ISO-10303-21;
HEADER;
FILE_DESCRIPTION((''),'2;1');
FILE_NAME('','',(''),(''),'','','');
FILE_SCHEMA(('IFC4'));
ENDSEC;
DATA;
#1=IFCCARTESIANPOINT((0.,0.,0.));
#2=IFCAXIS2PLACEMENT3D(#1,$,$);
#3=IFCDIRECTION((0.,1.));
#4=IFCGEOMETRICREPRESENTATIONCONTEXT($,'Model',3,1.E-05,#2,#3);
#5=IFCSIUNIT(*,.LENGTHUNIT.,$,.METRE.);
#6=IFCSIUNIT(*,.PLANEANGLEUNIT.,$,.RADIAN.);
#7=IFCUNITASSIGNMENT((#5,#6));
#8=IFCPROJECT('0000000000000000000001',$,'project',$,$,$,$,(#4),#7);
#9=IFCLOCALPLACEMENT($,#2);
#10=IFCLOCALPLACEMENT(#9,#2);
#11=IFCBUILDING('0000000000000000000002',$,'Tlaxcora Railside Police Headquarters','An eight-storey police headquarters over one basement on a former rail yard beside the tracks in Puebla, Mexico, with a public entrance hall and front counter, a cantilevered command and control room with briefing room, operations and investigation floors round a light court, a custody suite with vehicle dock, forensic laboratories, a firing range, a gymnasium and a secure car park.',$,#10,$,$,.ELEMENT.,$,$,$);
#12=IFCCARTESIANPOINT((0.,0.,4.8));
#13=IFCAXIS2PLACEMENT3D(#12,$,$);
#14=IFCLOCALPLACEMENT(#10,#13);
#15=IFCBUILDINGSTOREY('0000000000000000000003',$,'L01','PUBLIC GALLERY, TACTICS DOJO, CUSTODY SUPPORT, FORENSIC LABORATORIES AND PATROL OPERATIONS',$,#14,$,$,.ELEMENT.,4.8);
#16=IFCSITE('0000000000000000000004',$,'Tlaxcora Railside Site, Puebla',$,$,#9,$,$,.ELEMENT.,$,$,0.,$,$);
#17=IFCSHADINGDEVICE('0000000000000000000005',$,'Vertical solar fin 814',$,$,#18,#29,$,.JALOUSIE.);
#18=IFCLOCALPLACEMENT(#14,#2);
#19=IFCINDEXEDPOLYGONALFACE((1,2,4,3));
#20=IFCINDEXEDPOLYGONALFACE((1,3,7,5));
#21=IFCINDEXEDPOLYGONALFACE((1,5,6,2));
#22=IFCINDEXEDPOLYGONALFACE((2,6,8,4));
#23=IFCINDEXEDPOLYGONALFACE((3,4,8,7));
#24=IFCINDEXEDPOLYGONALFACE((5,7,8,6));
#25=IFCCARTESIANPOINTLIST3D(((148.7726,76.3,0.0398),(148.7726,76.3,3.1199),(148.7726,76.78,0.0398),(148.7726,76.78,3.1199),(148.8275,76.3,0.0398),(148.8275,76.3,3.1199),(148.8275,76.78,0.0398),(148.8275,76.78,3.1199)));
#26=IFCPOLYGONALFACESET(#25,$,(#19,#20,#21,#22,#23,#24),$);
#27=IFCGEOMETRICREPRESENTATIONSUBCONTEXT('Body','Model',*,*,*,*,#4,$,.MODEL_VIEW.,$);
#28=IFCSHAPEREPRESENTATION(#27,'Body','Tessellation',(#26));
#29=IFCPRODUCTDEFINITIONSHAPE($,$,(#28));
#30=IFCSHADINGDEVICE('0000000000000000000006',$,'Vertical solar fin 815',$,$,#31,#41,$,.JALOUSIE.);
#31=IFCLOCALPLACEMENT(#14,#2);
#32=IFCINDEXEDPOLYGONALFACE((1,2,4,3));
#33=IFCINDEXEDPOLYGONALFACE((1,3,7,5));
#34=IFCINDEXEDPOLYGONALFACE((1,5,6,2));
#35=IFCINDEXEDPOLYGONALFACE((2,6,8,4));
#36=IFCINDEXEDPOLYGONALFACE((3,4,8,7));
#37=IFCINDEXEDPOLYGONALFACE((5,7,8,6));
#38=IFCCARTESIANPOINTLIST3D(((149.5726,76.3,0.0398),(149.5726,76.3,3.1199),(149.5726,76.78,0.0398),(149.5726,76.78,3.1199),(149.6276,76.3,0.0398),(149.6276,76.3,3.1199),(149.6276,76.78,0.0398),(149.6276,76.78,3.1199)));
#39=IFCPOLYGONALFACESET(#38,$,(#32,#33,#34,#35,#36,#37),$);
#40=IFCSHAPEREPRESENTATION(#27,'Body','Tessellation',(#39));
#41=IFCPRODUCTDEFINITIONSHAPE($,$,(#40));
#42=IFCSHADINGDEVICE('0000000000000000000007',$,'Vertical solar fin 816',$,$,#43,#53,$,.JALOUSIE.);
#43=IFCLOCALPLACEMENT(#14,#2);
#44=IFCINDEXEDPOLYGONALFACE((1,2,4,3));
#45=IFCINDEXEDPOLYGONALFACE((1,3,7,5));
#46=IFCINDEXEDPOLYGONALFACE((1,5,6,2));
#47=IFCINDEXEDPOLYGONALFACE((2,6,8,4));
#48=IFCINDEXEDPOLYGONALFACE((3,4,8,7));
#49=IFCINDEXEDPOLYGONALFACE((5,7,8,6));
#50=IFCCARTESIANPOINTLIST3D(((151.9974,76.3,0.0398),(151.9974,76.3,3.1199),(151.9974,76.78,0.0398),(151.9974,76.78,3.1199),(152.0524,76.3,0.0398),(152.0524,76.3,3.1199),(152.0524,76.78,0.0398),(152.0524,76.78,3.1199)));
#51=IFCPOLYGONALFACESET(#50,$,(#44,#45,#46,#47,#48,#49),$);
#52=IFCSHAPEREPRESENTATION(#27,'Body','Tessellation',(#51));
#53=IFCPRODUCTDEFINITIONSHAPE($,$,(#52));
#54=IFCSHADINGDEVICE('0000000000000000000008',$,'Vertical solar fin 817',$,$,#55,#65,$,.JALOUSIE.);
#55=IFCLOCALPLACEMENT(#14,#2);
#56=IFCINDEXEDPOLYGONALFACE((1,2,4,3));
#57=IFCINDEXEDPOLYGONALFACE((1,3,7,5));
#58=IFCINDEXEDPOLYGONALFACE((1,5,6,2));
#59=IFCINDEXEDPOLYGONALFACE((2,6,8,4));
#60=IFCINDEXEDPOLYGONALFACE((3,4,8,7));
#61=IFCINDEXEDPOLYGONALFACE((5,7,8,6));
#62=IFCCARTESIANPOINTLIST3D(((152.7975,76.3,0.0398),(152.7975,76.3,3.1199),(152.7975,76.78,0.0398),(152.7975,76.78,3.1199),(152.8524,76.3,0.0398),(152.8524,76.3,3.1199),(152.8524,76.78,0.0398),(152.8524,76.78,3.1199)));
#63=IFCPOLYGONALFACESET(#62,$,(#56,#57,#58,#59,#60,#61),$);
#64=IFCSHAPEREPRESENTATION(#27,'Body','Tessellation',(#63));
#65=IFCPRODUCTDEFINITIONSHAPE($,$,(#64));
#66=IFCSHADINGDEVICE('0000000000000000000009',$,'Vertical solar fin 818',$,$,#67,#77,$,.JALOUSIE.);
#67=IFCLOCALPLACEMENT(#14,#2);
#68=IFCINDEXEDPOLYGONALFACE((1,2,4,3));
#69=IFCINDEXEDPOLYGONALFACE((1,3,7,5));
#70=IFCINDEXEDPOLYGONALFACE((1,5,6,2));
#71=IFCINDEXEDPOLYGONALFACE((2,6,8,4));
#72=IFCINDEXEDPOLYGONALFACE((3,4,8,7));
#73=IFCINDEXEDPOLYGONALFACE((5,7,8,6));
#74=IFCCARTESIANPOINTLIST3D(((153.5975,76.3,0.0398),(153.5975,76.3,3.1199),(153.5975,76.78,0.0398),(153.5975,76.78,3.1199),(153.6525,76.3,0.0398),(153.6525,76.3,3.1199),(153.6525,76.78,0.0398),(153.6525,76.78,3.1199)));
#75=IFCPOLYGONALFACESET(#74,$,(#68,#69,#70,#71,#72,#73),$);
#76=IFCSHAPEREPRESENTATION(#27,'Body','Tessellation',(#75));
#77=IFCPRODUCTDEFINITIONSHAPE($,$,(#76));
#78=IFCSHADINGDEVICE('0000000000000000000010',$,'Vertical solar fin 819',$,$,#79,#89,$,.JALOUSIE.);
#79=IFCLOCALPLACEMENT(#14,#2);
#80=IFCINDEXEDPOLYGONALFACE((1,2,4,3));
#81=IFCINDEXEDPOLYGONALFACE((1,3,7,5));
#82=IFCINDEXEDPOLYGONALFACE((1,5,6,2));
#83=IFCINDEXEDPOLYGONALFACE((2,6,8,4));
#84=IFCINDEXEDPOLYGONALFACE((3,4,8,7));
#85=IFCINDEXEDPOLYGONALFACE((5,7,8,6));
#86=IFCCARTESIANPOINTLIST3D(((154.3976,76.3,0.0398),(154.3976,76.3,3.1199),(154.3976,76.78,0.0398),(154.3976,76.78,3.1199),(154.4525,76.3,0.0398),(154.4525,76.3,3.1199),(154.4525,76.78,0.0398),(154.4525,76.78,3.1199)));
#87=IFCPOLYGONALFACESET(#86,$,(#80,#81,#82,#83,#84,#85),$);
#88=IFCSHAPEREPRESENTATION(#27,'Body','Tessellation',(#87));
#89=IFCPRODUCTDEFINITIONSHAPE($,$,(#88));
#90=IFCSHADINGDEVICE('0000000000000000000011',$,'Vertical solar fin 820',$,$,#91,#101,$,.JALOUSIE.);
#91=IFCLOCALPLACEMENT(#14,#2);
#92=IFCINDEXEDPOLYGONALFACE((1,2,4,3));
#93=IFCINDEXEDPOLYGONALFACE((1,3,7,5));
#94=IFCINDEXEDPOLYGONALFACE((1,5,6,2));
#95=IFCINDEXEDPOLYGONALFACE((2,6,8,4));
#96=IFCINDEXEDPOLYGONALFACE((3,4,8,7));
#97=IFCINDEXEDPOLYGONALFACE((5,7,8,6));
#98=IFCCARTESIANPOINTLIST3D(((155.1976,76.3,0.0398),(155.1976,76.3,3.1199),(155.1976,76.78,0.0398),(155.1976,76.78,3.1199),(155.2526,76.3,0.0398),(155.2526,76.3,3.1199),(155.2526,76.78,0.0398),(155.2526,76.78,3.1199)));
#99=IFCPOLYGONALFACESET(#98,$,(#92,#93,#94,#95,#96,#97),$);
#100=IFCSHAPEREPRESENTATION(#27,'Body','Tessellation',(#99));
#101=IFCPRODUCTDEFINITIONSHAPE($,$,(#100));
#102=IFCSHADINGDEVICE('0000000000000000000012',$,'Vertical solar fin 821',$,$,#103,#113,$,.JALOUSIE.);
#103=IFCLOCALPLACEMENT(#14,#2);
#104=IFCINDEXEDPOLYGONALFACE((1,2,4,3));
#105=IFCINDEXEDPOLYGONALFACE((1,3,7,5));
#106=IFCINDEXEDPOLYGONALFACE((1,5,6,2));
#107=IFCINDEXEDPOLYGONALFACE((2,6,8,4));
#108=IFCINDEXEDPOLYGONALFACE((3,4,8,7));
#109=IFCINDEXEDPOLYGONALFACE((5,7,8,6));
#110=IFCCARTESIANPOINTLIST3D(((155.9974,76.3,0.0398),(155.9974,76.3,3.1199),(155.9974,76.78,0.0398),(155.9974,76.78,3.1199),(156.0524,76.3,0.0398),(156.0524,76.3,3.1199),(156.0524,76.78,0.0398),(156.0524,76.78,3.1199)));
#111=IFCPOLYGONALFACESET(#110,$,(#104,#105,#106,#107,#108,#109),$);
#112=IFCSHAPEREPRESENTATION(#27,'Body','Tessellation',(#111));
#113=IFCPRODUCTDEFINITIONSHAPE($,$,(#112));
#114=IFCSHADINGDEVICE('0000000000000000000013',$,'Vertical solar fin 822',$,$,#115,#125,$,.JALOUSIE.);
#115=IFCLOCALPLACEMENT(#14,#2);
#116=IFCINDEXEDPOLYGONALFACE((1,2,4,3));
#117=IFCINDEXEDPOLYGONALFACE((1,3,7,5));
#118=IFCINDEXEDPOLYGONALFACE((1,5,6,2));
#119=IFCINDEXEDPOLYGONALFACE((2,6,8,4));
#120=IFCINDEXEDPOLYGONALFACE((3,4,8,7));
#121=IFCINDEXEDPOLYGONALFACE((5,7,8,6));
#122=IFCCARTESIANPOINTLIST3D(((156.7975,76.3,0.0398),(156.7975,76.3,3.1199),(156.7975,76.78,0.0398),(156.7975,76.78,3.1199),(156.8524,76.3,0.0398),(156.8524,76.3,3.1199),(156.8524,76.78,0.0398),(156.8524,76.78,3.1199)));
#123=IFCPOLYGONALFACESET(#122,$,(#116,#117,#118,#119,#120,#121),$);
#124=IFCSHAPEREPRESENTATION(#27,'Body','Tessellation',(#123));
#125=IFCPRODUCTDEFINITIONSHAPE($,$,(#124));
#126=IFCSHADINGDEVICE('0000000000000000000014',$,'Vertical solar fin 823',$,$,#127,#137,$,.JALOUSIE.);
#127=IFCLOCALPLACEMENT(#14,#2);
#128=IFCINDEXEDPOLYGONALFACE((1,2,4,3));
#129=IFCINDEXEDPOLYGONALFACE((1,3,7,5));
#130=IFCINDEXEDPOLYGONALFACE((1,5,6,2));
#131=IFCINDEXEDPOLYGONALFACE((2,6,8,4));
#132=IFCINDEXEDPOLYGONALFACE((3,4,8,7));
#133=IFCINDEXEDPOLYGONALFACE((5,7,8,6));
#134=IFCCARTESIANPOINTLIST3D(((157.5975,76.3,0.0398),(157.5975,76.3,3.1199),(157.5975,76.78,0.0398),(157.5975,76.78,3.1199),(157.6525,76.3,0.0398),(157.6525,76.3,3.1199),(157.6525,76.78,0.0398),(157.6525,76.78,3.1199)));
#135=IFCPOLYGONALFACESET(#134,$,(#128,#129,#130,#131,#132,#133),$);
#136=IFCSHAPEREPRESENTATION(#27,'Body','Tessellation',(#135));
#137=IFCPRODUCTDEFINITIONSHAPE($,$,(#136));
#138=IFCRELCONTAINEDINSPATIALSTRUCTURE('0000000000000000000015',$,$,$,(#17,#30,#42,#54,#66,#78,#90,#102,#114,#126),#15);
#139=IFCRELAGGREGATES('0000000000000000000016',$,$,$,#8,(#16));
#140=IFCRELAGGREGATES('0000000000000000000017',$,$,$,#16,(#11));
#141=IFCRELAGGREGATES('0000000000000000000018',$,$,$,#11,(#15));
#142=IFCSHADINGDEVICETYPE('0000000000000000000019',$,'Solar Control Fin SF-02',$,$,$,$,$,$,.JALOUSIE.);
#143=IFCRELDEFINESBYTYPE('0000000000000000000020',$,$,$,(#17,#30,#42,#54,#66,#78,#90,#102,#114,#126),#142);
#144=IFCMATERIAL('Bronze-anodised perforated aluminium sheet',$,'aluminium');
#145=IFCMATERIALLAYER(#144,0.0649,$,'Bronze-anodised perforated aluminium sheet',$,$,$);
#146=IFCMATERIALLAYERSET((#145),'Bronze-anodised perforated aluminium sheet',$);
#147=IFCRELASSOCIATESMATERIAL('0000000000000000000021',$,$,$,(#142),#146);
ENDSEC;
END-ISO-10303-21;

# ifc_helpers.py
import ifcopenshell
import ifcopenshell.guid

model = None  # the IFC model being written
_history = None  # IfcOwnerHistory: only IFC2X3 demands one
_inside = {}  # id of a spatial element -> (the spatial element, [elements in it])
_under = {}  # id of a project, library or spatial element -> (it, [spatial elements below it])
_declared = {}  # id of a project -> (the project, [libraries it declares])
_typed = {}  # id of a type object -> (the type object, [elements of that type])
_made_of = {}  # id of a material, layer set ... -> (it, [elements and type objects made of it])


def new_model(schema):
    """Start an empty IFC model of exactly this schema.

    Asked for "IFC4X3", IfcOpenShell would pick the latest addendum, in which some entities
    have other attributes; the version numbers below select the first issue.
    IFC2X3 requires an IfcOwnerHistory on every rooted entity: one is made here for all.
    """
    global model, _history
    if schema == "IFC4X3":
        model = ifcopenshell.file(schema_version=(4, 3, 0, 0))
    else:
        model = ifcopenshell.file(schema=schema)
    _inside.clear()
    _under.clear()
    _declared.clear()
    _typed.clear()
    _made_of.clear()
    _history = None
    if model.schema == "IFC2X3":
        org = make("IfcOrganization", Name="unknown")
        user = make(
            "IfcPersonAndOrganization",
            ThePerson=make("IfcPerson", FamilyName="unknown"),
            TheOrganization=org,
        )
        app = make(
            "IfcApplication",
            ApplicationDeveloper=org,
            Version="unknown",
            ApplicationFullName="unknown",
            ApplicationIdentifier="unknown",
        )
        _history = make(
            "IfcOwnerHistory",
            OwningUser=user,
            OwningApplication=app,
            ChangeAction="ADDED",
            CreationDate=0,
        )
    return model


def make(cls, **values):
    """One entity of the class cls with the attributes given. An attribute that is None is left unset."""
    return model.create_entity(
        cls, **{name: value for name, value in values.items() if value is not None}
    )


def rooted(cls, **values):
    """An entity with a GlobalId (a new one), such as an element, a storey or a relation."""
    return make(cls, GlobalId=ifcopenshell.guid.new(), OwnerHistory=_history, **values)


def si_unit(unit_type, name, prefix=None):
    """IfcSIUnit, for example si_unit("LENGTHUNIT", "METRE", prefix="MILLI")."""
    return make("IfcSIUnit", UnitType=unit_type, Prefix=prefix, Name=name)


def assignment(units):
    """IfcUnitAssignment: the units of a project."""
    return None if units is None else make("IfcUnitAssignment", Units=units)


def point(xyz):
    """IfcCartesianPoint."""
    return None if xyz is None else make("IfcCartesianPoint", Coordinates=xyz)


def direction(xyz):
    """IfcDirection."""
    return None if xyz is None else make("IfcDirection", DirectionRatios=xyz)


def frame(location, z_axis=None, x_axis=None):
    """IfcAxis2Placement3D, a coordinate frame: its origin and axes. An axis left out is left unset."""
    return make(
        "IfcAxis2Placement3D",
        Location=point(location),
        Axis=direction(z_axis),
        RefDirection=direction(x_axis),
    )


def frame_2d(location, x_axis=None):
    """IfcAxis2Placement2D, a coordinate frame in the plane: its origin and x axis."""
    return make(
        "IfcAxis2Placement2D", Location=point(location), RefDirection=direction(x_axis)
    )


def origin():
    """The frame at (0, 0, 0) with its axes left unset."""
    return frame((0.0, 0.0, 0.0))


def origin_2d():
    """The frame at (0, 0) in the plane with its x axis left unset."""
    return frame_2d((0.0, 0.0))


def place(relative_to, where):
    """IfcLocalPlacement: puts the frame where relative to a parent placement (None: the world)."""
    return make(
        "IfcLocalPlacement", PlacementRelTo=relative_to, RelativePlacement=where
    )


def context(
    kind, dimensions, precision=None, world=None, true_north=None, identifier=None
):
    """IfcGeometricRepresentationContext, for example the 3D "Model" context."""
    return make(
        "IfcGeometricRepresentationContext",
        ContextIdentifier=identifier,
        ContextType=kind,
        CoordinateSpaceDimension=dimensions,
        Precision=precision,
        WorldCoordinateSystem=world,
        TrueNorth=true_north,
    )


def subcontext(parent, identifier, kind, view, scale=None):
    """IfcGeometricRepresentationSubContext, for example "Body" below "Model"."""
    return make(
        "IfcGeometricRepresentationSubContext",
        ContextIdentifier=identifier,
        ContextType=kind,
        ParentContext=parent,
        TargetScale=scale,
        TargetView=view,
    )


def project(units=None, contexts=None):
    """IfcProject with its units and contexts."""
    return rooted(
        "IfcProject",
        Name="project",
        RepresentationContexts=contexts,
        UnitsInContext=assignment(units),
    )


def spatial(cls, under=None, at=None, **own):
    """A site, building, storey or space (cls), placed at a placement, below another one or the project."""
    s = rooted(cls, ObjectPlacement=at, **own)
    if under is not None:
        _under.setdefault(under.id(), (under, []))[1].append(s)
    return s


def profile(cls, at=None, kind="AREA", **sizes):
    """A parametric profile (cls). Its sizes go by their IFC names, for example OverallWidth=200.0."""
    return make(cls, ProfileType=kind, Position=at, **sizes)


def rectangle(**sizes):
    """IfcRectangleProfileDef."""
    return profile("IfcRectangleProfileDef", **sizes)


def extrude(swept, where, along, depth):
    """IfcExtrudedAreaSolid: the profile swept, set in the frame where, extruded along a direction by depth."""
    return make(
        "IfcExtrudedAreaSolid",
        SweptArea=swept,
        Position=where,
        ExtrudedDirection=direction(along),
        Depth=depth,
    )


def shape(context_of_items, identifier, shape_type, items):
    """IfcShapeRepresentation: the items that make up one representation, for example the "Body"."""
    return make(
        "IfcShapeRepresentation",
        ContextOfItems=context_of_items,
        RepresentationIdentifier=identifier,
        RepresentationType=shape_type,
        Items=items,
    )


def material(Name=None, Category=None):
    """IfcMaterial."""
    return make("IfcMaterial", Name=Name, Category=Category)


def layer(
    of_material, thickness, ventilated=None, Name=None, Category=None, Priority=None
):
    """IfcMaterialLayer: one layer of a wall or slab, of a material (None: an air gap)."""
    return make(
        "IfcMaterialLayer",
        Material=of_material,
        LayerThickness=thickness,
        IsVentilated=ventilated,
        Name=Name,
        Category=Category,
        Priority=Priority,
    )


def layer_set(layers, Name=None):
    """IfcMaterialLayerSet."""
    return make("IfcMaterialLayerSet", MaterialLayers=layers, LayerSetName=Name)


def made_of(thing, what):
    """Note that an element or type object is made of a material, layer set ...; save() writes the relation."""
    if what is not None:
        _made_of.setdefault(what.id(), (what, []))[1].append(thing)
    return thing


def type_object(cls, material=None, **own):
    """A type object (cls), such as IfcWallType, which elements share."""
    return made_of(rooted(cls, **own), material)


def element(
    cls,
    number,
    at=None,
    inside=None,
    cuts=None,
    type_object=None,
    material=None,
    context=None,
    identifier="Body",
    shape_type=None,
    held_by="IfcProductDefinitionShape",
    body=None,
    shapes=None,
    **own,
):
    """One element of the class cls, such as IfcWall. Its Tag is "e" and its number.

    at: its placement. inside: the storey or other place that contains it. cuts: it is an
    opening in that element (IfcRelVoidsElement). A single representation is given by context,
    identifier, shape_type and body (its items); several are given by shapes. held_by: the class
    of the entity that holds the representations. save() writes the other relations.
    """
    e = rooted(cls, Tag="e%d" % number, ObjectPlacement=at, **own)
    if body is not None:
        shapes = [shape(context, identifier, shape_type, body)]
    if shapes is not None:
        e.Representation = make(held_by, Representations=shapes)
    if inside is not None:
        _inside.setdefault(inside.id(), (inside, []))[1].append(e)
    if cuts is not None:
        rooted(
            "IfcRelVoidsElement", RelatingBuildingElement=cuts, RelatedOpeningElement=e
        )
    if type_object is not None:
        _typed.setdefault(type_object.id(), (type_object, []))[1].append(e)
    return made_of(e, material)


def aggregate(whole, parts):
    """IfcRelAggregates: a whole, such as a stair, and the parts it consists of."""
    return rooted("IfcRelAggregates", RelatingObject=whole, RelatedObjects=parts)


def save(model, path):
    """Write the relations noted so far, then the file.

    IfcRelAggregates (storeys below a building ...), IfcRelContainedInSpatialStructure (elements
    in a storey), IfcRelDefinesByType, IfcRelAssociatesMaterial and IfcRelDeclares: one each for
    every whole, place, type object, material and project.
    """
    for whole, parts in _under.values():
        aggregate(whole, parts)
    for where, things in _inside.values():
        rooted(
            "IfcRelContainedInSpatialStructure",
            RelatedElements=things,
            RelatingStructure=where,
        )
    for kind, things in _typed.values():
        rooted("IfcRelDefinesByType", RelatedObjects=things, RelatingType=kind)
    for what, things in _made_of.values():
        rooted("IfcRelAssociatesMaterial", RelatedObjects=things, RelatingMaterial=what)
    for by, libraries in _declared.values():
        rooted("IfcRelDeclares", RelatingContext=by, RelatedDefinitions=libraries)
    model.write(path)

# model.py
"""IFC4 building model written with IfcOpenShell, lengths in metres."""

from ifc_helpers import new_model, si_unit, direction, frame, origin, origin_2d, place, context, subcontext, project, spatial, rectangle, extrude, material, layer, layer_set, type_object, element, save


model = new_model("IFC4")

# Units and contexts
model_context = context("Model", 3, precision=1e-05, world=origin(), true_north=direction((0.0, 1.0)))
body_context = subcontext(model_context, "Body", "Model", "MODEL_VIEW")
ifc_project = project(units=[si_unit("LENGTHUNIT", "METRE"), si_unit("PLANEANGLEUNIT", "RADIAN")], contexts=[model_context])

# Site, building, storey
site_placement = place(None, origin())
site = spatial("IfcSite", under=ifc_project, at=site_placement, Name="Tlaxcora Railside Site, Puebla", CompositionType="ELEMENT", RefElevation=0.0)
building_placement = place(site_placement, origin())
building = spatial("IfcBuilding", under=site, at=building_placement, Name="Tlaxcora Railside Police Headquarters", Description="An eight-storey police headquarters over one basement on a former rail yard beside the tracks in Puebla, Mexico, with a public entrance hall and front counter, a cantilevered command and control room with briefing room, operations and investigation floors round a light court, a custody suite with vehicle dock, forensic laboratories, a firing range, a gymnasium and a secure car park.", CompositionType="ELEMENT")
storey_placement = place(building_placement, frame((0.0, 0.0, 4.8)))
storey = spatial("IfcBuildingStorey", under=building, at=storey_placement, Name="L01", Description="PUBLIC GALLERY, TACTICS DOJO, CUSTODY SUPPORT, FORENSIC LABORATORIES AND PATROL OPERATIONS", CompositionType="ELEMENT", Elevation=4.8)

# Shading devices
ifc_material_1 = material(Name="Bronze-anodised perforated aluminium sheet", Category="aluminium")
ifc_layer_1 = layer(ifc_material_1, 0.0649, Name="Bronze-anodised perforated aluminium sheet")
ifc_layer_set_1 = layer_set([ifc_layer_1], Name="Bronze-anodised perforated aluminium sheet")
shading_device_type = type_object("IfcShadingDeviceType", Name="Solar Control Fin SF-02", PredefinedType="JALOUSIE", material=ifc_layer_set_1)
for number, where, z_axis, x_axis, name in (
    (1, (148.8, 76.54, 0.0398), (0.0, 0.0, 1.0), (0.0, -1.0, 0.0), "Vertical solar fin 814"),
    (2, (149.6001, 76.54, 0.0398), (0.0, 0.0, 1.0), (0.0, -1.0, 0.0), "Vertical solar fin 815"),
    (3, (152.0249, 76.54, 0.0398), (0.0, 0.0, 1.0), (0.0, -1.0, 0.0), "Vertical solar fin 816"),
    (4, (152.825, 76.54, 0.0398), (0.0, 0.0, 1.0), (0.0, -1.0, 0.0), "Vertical solar fin 817"),
    (5, (153.625, 76.54, 0.0398), (0.0, 0.0, 1.0), (0.0, -1.0, 0.0), "Vertical solar fin 818"),
    (6, (154.425, 76.54, 0.0398), (0.0, 0.0, 1.0), (0.0, -1.0, 0.0), "Vertical solar fin 819"),
    (7, (155.2251, 76.54, 0.0398), (0.0, 0.0, 1.0), (0.0, -1.0, 0.0), "Vertical solar fin 820"),
    (8, (156.0249, 76.54, 0.0398), (0.0, 0.0, 1.0), (0.0, -1.0, 0.0), "Vertical solar fin 821"),
    (9, (156.825, 76.54, 0.0398), (0.0, 0.0, 1.0), (0.0, -1.0, 0.0), "Vertical solar fin 822"),
    (10, (157.625, 76.54, 0.0398), (0.0, 0.0, 1.0), (0.0, -1.0, 0.0), "Vertical solar fin 823"),
):
    element("IfcShadingDevice", number, at=place(storey_placement, frame(where, z_axis=z_axis, x_axis=x_axis)), inside=storey, type_object=shading_device_type, Name=name, PredefinedType="JALOUSIE", context=body_context, shape_type="SweptSolid", body=[
        extrude(rectangle(XDim=0.48, YDim=0.0549, at=origin_2d()), origin(), (0.0, 0.0, 1.0), 3.0801),
    ])

save(model, "model.ifc")
